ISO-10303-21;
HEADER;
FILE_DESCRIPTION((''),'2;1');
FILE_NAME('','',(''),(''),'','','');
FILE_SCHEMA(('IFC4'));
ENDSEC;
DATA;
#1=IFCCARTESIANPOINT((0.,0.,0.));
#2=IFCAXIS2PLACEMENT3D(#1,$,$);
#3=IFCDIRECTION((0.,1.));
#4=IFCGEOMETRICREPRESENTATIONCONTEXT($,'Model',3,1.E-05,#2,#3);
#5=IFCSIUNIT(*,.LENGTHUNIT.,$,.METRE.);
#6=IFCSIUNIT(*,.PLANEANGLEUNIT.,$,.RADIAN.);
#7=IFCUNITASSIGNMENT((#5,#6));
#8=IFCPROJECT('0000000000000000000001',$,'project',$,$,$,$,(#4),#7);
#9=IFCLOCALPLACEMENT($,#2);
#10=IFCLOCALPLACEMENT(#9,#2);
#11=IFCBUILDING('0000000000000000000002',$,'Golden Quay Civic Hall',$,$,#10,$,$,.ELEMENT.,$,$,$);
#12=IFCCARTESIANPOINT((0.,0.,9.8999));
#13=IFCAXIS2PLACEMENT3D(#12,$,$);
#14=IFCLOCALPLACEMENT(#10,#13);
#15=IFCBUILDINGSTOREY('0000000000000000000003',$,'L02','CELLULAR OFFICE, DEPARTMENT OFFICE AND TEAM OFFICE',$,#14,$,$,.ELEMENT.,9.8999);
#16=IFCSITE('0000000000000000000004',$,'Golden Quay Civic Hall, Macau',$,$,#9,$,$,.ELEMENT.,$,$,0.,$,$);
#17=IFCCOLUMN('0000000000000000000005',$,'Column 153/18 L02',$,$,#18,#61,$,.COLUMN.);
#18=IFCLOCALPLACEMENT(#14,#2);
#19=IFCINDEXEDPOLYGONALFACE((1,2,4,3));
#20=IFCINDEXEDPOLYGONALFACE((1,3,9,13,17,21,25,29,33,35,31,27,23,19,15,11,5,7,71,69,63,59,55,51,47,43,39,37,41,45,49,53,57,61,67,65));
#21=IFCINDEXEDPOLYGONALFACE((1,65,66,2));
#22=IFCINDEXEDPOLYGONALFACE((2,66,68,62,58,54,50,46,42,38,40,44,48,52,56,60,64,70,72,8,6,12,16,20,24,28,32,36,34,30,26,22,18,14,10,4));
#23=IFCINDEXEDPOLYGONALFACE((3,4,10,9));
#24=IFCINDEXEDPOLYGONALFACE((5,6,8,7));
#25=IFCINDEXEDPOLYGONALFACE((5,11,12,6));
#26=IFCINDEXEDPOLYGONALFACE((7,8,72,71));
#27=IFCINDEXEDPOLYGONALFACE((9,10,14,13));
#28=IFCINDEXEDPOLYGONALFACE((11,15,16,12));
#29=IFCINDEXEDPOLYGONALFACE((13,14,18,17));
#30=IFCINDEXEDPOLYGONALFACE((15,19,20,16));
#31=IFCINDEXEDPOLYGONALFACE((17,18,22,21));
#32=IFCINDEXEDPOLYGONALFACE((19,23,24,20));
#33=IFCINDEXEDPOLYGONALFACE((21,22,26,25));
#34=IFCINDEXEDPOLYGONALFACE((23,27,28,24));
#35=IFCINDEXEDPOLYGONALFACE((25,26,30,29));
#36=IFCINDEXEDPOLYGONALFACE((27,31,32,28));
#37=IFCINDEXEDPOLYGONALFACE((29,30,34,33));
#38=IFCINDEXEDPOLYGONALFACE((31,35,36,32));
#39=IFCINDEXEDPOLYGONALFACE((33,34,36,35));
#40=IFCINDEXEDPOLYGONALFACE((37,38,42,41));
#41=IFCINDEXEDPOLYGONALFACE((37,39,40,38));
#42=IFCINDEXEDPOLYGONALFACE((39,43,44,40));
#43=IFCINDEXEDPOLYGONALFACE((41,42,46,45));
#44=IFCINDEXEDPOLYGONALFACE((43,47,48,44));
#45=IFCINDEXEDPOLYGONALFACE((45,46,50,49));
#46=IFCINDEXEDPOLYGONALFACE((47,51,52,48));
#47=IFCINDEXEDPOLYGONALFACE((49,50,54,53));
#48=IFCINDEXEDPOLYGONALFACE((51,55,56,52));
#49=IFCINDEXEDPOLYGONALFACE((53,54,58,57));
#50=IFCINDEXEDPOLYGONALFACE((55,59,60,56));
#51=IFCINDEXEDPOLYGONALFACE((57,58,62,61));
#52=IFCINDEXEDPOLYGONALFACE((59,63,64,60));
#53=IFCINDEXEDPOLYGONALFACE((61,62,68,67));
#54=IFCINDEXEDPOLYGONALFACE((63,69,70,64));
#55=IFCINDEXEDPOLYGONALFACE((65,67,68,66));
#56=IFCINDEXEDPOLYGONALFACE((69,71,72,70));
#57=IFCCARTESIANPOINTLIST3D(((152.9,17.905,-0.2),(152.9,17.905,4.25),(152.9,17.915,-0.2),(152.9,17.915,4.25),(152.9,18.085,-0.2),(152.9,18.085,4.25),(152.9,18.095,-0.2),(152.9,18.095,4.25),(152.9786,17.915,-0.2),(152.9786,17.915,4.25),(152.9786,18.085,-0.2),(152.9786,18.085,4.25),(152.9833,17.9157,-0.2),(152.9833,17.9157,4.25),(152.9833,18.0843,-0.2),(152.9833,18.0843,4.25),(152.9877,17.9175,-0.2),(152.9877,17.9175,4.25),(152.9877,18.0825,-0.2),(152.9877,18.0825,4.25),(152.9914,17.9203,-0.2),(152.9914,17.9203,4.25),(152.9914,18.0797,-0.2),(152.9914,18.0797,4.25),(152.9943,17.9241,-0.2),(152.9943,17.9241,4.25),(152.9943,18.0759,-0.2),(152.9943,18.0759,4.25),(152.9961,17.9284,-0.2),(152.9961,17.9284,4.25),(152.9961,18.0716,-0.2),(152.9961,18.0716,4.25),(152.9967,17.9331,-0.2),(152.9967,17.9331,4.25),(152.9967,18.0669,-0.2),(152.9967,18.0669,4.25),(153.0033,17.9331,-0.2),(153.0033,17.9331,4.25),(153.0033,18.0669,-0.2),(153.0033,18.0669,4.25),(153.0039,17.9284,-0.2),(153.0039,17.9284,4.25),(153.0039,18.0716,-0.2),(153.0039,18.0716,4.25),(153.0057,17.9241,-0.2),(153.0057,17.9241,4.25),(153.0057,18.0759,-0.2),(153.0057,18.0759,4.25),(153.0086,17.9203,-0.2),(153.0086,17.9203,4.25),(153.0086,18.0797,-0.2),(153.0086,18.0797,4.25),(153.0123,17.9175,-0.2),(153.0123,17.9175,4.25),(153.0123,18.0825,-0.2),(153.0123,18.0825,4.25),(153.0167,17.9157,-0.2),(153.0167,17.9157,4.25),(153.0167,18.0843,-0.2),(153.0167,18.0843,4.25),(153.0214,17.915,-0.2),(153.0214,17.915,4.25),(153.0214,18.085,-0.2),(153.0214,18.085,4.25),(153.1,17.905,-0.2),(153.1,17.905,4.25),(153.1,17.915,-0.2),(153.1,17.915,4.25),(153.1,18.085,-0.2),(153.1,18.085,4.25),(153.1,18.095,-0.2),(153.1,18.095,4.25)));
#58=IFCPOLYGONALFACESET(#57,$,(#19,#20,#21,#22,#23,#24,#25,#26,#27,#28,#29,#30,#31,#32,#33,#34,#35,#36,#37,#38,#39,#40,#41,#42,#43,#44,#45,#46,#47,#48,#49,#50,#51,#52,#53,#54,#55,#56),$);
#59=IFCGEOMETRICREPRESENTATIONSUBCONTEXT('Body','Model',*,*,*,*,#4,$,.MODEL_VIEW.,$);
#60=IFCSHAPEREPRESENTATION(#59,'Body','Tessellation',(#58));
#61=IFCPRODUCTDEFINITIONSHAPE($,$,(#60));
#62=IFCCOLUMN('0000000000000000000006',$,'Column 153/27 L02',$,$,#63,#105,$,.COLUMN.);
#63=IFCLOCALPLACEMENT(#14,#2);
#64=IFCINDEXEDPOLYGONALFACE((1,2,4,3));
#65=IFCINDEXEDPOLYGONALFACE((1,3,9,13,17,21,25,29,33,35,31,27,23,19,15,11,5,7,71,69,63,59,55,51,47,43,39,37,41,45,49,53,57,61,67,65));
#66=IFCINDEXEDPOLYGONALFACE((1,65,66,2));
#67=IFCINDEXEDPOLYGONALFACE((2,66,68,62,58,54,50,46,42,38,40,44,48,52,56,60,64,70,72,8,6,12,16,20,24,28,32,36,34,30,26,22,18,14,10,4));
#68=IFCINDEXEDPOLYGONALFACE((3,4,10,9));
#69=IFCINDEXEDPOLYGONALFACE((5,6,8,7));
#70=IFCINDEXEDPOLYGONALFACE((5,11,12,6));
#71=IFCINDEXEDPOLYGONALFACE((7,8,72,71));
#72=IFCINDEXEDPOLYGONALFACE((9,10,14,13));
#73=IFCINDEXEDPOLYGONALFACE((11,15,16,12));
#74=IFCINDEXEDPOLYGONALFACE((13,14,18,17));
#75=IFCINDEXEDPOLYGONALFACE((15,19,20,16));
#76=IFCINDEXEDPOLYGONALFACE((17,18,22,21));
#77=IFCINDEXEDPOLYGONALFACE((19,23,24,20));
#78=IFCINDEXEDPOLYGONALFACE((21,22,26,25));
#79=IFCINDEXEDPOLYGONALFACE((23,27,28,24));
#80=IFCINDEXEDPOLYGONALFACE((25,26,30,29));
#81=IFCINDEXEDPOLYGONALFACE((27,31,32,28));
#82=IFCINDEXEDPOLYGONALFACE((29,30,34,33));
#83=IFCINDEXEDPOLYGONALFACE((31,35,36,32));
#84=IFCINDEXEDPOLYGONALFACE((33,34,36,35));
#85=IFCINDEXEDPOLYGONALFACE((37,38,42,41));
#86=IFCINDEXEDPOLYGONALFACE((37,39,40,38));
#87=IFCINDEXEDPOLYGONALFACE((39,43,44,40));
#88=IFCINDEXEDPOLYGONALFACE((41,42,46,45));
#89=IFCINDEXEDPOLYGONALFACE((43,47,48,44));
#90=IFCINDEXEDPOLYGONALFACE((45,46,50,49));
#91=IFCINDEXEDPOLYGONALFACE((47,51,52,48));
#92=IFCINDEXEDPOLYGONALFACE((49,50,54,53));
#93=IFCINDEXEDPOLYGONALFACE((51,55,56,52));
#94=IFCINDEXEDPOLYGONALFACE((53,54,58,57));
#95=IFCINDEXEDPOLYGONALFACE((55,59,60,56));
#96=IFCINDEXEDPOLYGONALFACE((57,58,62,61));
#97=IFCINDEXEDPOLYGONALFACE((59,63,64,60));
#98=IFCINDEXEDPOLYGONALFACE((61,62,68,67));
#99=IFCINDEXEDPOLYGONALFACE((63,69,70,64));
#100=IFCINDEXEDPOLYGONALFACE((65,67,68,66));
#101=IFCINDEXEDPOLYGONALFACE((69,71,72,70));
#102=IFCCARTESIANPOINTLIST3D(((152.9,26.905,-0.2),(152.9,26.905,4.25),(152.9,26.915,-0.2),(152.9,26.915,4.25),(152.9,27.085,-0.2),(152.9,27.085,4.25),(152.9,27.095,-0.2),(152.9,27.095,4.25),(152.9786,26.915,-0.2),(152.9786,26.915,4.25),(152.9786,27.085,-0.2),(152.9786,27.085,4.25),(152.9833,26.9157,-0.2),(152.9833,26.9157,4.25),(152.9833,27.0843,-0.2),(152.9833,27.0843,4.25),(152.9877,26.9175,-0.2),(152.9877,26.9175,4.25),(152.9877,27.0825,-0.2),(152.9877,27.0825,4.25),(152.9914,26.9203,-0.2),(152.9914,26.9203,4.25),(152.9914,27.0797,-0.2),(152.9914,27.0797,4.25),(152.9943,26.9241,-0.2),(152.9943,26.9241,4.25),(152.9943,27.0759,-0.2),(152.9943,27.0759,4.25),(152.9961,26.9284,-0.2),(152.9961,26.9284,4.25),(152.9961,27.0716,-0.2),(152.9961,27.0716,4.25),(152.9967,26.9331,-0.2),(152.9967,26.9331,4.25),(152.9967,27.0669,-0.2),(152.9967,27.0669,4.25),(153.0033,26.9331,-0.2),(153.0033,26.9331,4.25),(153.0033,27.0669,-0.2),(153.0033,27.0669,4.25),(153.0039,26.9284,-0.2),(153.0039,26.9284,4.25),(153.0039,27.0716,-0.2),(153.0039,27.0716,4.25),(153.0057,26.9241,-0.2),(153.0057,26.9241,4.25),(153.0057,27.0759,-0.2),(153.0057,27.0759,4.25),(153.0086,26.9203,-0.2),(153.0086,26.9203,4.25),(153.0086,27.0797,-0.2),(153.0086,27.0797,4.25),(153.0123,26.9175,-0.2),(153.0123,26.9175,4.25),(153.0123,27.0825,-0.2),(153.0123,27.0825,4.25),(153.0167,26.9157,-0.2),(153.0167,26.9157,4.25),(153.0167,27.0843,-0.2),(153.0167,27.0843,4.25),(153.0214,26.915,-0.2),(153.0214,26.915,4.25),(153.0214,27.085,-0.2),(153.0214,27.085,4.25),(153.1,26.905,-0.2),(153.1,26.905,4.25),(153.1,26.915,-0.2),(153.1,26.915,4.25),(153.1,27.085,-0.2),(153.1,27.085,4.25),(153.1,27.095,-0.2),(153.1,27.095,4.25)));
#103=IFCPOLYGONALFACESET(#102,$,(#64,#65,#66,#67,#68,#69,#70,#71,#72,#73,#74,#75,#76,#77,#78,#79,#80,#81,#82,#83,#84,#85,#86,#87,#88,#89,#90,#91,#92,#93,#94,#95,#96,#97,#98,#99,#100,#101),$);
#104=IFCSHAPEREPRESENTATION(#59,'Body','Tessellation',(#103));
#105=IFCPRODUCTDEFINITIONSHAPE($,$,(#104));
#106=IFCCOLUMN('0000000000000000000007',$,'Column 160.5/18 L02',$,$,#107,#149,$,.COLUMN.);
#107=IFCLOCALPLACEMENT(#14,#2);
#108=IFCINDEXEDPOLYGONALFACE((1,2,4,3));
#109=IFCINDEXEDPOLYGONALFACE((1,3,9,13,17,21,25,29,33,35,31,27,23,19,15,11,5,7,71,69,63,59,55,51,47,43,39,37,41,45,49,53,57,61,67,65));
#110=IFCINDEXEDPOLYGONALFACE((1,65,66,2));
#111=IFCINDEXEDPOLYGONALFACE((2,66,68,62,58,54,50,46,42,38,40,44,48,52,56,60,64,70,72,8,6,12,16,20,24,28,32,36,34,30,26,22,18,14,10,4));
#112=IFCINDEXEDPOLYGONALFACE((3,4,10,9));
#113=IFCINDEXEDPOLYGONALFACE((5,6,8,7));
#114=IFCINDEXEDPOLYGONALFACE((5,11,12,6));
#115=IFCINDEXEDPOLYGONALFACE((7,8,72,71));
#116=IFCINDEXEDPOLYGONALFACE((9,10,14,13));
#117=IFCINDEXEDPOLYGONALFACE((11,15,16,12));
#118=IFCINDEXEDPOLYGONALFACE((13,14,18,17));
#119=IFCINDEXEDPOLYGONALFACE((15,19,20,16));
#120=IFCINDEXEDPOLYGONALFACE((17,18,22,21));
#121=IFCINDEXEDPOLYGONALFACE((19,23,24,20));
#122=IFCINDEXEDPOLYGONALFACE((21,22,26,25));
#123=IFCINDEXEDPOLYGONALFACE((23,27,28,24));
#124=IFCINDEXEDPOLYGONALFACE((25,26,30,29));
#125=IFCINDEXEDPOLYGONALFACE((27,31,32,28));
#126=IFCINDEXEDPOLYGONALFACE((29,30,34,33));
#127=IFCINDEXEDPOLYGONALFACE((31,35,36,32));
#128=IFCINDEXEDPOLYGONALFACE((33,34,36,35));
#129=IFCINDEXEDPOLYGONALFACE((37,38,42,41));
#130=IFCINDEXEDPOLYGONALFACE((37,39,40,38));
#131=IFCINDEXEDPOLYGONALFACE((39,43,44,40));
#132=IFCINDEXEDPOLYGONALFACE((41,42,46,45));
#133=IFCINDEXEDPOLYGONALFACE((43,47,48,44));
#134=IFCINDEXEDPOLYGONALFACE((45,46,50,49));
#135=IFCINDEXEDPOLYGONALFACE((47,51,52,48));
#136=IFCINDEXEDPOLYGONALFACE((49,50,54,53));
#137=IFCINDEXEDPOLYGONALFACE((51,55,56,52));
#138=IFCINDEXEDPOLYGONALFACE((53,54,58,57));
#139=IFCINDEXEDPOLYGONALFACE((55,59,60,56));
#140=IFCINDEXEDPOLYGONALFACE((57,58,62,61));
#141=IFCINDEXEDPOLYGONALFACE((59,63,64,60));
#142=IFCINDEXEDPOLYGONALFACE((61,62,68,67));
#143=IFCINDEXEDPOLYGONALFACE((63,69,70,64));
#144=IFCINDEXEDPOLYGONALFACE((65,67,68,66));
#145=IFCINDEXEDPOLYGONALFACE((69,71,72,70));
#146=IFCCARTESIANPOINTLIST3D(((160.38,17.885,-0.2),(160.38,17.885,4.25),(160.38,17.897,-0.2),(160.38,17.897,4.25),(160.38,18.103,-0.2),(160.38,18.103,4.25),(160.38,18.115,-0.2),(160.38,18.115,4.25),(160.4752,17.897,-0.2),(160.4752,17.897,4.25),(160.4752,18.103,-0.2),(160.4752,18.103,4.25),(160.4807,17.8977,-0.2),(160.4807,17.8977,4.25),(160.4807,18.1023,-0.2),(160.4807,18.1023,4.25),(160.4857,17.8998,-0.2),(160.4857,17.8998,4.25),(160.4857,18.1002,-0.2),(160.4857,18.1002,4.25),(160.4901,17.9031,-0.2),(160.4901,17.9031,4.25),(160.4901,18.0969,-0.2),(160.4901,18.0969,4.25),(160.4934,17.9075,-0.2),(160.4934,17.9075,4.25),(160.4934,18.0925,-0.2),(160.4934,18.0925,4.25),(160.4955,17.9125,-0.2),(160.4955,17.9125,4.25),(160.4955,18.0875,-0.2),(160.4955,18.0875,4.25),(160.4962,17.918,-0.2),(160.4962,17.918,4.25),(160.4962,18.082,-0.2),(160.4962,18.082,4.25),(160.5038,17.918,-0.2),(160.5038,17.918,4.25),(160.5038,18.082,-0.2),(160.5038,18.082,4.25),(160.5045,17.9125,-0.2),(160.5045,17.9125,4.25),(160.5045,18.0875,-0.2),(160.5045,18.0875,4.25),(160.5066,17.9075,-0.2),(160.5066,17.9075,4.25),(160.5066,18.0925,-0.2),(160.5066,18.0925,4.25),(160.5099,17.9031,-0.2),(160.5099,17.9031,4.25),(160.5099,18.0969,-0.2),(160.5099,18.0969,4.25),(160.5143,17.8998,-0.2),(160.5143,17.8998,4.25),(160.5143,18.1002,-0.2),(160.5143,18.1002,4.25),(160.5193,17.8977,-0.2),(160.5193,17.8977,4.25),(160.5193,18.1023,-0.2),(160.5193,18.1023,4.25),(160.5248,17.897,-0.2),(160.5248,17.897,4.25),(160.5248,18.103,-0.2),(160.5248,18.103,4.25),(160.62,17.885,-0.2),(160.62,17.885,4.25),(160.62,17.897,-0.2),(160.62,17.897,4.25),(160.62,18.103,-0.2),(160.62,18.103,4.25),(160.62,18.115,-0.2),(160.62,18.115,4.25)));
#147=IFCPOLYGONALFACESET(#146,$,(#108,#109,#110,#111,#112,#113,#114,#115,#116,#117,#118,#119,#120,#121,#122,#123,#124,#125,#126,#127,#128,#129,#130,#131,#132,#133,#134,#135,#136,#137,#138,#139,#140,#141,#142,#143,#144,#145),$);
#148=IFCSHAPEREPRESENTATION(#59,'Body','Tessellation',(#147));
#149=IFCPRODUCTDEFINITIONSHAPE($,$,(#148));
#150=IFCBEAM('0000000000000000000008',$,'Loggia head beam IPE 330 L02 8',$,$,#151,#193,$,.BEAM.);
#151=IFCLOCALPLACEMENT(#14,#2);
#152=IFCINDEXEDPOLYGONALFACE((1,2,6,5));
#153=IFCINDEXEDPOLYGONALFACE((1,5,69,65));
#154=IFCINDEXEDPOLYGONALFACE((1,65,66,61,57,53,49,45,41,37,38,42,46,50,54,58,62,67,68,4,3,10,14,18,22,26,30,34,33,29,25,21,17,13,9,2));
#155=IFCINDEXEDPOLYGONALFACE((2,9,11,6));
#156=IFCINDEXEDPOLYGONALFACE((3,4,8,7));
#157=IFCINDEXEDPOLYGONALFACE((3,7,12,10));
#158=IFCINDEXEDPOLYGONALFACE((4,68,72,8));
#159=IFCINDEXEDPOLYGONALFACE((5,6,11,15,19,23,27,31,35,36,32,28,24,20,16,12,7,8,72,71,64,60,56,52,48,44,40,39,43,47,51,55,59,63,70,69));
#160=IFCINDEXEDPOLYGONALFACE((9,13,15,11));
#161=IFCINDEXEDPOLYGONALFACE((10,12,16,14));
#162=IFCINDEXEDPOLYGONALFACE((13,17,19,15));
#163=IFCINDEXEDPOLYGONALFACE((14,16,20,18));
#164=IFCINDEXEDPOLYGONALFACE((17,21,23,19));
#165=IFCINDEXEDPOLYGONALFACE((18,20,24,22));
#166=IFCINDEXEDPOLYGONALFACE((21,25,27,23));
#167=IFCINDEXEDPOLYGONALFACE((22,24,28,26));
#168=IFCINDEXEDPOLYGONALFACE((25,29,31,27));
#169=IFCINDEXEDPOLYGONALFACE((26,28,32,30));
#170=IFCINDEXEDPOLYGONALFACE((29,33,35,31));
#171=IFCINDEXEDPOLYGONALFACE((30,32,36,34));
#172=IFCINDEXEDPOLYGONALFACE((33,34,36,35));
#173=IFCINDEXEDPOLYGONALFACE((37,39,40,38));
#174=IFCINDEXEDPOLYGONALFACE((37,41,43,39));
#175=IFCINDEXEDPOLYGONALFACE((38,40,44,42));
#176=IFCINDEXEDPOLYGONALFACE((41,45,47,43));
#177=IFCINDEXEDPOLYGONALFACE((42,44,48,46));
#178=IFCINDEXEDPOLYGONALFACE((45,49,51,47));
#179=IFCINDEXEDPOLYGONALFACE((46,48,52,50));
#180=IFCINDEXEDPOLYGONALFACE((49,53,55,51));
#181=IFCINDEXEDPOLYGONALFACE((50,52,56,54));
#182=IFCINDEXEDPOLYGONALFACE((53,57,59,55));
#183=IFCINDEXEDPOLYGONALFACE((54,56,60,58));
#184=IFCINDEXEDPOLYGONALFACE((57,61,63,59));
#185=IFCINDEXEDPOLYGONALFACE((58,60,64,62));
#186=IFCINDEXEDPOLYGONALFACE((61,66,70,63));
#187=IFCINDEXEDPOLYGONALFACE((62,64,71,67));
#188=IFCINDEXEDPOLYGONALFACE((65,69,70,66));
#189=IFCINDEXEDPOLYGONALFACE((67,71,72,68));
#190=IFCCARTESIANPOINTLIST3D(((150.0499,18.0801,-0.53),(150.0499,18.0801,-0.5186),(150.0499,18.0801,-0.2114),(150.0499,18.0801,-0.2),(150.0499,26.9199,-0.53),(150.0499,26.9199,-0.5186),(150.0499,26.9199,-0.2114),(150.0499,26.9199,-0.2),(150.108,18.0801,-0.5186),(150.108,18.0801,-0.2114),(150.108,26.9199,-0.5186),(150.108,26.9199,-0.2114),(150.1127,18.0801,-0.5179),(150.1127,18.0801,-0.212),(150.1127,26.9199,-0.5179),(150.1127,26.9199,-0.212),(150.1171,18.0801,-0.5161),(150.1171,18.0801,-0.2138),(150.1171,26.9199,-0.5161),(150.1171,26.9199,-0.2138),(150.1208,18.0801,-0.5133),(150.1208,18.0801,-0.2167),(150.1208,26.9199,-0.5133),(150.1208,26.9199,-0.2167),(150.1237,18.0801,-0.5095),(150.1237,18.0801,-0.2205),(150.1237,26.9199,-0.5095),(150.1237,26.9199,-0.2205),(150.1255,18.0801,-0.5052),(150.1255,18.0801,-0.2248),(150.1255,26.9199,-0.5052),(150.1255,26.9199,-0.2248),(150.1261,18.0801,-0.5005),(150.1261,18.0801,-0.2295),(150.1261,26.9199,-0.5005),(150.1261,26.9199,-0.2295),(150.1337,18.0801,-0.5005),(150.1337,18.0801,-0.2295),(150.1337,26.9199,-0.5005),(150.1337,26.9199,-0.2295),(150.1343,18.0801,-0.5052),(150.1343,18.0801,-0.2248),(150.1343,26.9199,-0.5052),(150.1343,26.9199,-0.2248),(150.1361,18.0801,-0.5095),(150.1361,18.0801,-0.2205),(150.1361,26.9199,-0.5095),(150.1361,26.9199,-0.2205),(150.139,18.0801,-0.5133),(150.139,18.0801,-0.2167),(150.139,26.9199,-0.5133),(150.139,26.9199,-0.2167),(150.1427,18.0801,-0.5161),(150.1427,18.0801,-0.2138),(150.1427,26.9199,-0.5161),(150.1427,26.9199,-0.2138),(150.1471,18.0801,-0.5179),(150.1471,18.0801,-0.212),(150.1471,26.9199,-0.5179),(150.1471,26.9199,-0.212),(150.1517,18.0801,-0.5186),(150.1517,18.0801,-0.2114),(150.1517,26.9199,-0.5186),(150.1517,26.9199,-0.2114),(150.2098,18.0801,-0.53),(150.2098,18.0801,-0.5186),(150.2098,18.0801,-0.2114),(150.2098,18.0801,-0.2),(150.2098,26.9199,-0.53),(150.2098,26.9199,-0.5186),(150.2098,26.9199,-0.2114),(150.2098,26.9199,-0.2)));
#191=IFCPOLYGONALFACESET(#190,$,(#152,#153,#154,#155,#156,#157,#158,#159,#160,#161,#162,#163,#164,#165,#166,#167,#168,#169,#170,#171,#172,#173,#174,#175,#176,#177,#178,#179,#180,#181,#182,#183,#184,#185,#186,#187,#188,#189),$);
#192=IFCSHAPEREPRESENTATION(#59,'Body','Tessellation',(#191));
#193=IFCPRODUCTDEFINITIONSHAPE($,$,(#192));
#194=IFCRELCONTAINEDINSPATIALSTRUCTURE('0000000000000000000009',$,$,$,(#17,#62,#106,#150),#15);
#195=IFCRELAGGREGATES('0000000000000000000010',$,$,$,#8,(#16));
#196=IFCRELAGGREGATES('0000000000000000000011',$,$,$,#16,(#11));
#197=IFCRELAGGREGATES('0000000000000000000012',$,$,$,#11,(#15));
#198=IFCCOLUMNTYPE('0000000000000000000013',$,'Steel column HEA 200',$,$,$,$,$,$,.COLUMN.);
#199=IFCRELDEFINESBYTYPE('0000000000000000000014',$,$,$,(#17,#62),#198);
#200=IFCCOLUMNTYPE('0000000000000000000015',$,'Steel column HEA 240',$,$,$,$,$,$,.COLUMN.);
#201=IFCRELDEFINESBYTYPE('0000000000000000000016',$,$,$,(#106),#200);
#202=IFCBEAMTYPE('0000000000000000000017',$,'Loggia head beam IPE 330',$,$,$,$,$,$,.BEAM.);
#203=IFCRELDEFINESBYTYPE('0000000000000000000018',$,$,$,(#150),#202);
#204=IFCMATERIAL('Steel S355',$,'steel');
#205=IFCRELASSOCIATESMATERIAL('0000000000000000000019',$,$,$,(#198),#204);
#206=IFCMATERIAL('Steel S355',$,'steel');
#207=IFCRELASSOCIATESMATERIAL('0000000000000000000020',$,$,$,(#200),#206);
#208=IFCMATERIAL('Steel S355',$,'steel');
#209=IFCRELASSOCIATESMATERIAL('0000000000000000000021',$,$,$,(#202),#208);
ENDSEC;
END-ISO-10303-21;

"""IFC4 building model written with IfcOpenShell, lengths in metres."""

from ifc_helpers import new_model, si_unit, direction, frame, origin, origin_2d, place, context, subcontext, project, spatial, i_section, extrude, material, material_profile, profile_set, type_object, element, save


model = new_model("IFC4")

# Units and contexts
model_context = context("Model", 3, precision=1e-05, world=origin(), true_north=direction((0.0, 1.0)))
body_context = subcontext(model_context, "Body", "Model", "MODEL_VIEW")
ifc_project = project(units=[si_unit("LENGTHUNIT", "METRE"), si_unit("PLANEANGLEUNIT", "RADIAN")], contexts=[model_context])

# Site, building, storey
site_placement = place(None, origin())
site = spatial("IfcSite", under=ifc_project, at=site_placement, Name="Golden Quay Civic Hall, Macau", CompositionType="ELEMENT", RefElevation=0.0)
building_placement = place(site_placement, origin())
building = spatial("IfcBuilding", under=site, at=building_placement, Name="Golden Quay Civic Hall", CompositionType="ELEMENT")
storey_placement = place(building_placement, frame((0.0, 0.0, 9.8999)))
storey = spatial("IfcBuildingStorey", under=building, at=storey_placement, Name="L02", Description="CELLULAR OFFICE, DEPARTMENT OFFICE AND TEAM OFFICE", CompositionType="ELEMENT", Elevation=9.8999)

# Columns
ifc_material_1 = material(Name="Steel S355", Category="steel")
ifc_material_profile_1 = material_profile(ifc_material_1, i_section(OverallWidth=0.2, OverallDepth=0.1899, WebThickness=0.0066, FlangeThickness=0.01, FilletRadius=0.0181, at=origin_2d()), Name="HEA 200")
ifc_profile_set_1 = profile_set([ifc_material_profile_1], Name="Steel S355")
column_type_1 = type_object("IfcColumnType", Name="Steel column HEA 200", PredefinedType="COLUMN", material=ifc_profile_set_1)
for number, where, z_axis, x_axis, name in (
    (1, (153.0, 18.0, -0.2), (0.0, 0.0, 1.0), (1.0, 0.0, 0.0), "Column 153/18 L02"),
    (2, (153.0, 27.0, -0.2), (0.0, 0.0, 1.0), (1.0, 0.0, 0.0), "Column 153/27 L02"),
):
    element("IfcColumn", number, at=place(storey_placement, frame(where, z_axis=z_axis, x_axis=x_axis)), inside=storey, type_object=column_type_1, Name=name, PredefinedType="COLUMN", context=body_context, shape_type="SweptSolid", body=[
        extrude(i_section(OverallWidth=0.2, OverallDepth=0.1899, WebThickness=0.0066, FlangeThickness=0.01, FilletRadius=0.0181, at=origin_2d()), origin(), (0.0, 0.0, 1.0), 4.45),
    ])
ifc_material_2 = material(Name="Steel S355", Category="steel")
ifc_material_profile_2 = material_profile(ifc_material_2, i_section(OverallWidth=0.24, OverallDepth=0.23, WebThickness=0.0076, FlangeThickness=0.012, FilletRadius=0.021, at=origin_2d()), Name="HEA 240")
ifc_profile_set_2 = profile_set([ifc_material_profile_2], Name="Steel S355")
column_type_2 = type_object("IfcColumnType", Name="Steel column HEA 240", PredefinedType="COLUMN", material=ifc_profile_set_2)
column_placement = place(storey_placement, frame((160.5, 18.0, -0.2), z_axis=(0.0, 0.0, 1.0), x_axis=(1.0, 0.0, 0.0)))
element("IfcColumn", 3, at=column_placement, inside=storey, type_object=column_type_2, Name="Column 160.5/18 L02", PredefinedType="COLUMN", context=body_context, shape_type="SweptSolid", body=[
    extrude(i_section(OverallWidth=0.24, OverallDepth=0.23, WebThickness=0.0076, FlangeThickness=0.012, FilletRadius=0.021, at=origin_2d()), origin(), (0.0, 0.0, 1.0), 4.45),
])

# Beam
ifc_material_3 = material(Name="Steel S355", Category="steel")
ifc_material_profile_3 = material_profile(ifc_material_3, i_section(OverallWidth=0.1599, OverallDepth=0.3301, WebThickness=0.0076, FlangeThickness=0.0115, FilletRadius=0.0181, at=origin_2d()), Name="IPE 330")
ifc_profile_set_3 = profile_set([ifc_material_profile_3], Name="Steel S355")
beam_type_1 = type_object("IfcBeamType", Name="Loggia head beam IPE 330", PredefinedType="BEAM", material=ifc_profile_set_3)
beam_1_placement = place(storey_placement, frame((150.1299, 18.0801, -0.365), z_axis=(0.0, 1.0, 0.0), x_axis=(-1.0, 0.0, 0.0)))
element("IfcBeam", 4, at=beam_1_placement, inside=storey, type_object=beam_type_1, Name="Loggia head beam IPE 330 L02 8", PredefinedType="BEAM", context=body_context, shape_type="SweptSolid", body=[
    extrude(i_section(OverallWidth=0.1599, OverallDepth=0.3301, WebThickness=0.0076, FlangeThickness=0.0115, FilletRadius=0.0181, at=origin_2d()), origin(), (0.0, 0.0, 1.0), 8.8398),
])

save(model, "model.ifc")
